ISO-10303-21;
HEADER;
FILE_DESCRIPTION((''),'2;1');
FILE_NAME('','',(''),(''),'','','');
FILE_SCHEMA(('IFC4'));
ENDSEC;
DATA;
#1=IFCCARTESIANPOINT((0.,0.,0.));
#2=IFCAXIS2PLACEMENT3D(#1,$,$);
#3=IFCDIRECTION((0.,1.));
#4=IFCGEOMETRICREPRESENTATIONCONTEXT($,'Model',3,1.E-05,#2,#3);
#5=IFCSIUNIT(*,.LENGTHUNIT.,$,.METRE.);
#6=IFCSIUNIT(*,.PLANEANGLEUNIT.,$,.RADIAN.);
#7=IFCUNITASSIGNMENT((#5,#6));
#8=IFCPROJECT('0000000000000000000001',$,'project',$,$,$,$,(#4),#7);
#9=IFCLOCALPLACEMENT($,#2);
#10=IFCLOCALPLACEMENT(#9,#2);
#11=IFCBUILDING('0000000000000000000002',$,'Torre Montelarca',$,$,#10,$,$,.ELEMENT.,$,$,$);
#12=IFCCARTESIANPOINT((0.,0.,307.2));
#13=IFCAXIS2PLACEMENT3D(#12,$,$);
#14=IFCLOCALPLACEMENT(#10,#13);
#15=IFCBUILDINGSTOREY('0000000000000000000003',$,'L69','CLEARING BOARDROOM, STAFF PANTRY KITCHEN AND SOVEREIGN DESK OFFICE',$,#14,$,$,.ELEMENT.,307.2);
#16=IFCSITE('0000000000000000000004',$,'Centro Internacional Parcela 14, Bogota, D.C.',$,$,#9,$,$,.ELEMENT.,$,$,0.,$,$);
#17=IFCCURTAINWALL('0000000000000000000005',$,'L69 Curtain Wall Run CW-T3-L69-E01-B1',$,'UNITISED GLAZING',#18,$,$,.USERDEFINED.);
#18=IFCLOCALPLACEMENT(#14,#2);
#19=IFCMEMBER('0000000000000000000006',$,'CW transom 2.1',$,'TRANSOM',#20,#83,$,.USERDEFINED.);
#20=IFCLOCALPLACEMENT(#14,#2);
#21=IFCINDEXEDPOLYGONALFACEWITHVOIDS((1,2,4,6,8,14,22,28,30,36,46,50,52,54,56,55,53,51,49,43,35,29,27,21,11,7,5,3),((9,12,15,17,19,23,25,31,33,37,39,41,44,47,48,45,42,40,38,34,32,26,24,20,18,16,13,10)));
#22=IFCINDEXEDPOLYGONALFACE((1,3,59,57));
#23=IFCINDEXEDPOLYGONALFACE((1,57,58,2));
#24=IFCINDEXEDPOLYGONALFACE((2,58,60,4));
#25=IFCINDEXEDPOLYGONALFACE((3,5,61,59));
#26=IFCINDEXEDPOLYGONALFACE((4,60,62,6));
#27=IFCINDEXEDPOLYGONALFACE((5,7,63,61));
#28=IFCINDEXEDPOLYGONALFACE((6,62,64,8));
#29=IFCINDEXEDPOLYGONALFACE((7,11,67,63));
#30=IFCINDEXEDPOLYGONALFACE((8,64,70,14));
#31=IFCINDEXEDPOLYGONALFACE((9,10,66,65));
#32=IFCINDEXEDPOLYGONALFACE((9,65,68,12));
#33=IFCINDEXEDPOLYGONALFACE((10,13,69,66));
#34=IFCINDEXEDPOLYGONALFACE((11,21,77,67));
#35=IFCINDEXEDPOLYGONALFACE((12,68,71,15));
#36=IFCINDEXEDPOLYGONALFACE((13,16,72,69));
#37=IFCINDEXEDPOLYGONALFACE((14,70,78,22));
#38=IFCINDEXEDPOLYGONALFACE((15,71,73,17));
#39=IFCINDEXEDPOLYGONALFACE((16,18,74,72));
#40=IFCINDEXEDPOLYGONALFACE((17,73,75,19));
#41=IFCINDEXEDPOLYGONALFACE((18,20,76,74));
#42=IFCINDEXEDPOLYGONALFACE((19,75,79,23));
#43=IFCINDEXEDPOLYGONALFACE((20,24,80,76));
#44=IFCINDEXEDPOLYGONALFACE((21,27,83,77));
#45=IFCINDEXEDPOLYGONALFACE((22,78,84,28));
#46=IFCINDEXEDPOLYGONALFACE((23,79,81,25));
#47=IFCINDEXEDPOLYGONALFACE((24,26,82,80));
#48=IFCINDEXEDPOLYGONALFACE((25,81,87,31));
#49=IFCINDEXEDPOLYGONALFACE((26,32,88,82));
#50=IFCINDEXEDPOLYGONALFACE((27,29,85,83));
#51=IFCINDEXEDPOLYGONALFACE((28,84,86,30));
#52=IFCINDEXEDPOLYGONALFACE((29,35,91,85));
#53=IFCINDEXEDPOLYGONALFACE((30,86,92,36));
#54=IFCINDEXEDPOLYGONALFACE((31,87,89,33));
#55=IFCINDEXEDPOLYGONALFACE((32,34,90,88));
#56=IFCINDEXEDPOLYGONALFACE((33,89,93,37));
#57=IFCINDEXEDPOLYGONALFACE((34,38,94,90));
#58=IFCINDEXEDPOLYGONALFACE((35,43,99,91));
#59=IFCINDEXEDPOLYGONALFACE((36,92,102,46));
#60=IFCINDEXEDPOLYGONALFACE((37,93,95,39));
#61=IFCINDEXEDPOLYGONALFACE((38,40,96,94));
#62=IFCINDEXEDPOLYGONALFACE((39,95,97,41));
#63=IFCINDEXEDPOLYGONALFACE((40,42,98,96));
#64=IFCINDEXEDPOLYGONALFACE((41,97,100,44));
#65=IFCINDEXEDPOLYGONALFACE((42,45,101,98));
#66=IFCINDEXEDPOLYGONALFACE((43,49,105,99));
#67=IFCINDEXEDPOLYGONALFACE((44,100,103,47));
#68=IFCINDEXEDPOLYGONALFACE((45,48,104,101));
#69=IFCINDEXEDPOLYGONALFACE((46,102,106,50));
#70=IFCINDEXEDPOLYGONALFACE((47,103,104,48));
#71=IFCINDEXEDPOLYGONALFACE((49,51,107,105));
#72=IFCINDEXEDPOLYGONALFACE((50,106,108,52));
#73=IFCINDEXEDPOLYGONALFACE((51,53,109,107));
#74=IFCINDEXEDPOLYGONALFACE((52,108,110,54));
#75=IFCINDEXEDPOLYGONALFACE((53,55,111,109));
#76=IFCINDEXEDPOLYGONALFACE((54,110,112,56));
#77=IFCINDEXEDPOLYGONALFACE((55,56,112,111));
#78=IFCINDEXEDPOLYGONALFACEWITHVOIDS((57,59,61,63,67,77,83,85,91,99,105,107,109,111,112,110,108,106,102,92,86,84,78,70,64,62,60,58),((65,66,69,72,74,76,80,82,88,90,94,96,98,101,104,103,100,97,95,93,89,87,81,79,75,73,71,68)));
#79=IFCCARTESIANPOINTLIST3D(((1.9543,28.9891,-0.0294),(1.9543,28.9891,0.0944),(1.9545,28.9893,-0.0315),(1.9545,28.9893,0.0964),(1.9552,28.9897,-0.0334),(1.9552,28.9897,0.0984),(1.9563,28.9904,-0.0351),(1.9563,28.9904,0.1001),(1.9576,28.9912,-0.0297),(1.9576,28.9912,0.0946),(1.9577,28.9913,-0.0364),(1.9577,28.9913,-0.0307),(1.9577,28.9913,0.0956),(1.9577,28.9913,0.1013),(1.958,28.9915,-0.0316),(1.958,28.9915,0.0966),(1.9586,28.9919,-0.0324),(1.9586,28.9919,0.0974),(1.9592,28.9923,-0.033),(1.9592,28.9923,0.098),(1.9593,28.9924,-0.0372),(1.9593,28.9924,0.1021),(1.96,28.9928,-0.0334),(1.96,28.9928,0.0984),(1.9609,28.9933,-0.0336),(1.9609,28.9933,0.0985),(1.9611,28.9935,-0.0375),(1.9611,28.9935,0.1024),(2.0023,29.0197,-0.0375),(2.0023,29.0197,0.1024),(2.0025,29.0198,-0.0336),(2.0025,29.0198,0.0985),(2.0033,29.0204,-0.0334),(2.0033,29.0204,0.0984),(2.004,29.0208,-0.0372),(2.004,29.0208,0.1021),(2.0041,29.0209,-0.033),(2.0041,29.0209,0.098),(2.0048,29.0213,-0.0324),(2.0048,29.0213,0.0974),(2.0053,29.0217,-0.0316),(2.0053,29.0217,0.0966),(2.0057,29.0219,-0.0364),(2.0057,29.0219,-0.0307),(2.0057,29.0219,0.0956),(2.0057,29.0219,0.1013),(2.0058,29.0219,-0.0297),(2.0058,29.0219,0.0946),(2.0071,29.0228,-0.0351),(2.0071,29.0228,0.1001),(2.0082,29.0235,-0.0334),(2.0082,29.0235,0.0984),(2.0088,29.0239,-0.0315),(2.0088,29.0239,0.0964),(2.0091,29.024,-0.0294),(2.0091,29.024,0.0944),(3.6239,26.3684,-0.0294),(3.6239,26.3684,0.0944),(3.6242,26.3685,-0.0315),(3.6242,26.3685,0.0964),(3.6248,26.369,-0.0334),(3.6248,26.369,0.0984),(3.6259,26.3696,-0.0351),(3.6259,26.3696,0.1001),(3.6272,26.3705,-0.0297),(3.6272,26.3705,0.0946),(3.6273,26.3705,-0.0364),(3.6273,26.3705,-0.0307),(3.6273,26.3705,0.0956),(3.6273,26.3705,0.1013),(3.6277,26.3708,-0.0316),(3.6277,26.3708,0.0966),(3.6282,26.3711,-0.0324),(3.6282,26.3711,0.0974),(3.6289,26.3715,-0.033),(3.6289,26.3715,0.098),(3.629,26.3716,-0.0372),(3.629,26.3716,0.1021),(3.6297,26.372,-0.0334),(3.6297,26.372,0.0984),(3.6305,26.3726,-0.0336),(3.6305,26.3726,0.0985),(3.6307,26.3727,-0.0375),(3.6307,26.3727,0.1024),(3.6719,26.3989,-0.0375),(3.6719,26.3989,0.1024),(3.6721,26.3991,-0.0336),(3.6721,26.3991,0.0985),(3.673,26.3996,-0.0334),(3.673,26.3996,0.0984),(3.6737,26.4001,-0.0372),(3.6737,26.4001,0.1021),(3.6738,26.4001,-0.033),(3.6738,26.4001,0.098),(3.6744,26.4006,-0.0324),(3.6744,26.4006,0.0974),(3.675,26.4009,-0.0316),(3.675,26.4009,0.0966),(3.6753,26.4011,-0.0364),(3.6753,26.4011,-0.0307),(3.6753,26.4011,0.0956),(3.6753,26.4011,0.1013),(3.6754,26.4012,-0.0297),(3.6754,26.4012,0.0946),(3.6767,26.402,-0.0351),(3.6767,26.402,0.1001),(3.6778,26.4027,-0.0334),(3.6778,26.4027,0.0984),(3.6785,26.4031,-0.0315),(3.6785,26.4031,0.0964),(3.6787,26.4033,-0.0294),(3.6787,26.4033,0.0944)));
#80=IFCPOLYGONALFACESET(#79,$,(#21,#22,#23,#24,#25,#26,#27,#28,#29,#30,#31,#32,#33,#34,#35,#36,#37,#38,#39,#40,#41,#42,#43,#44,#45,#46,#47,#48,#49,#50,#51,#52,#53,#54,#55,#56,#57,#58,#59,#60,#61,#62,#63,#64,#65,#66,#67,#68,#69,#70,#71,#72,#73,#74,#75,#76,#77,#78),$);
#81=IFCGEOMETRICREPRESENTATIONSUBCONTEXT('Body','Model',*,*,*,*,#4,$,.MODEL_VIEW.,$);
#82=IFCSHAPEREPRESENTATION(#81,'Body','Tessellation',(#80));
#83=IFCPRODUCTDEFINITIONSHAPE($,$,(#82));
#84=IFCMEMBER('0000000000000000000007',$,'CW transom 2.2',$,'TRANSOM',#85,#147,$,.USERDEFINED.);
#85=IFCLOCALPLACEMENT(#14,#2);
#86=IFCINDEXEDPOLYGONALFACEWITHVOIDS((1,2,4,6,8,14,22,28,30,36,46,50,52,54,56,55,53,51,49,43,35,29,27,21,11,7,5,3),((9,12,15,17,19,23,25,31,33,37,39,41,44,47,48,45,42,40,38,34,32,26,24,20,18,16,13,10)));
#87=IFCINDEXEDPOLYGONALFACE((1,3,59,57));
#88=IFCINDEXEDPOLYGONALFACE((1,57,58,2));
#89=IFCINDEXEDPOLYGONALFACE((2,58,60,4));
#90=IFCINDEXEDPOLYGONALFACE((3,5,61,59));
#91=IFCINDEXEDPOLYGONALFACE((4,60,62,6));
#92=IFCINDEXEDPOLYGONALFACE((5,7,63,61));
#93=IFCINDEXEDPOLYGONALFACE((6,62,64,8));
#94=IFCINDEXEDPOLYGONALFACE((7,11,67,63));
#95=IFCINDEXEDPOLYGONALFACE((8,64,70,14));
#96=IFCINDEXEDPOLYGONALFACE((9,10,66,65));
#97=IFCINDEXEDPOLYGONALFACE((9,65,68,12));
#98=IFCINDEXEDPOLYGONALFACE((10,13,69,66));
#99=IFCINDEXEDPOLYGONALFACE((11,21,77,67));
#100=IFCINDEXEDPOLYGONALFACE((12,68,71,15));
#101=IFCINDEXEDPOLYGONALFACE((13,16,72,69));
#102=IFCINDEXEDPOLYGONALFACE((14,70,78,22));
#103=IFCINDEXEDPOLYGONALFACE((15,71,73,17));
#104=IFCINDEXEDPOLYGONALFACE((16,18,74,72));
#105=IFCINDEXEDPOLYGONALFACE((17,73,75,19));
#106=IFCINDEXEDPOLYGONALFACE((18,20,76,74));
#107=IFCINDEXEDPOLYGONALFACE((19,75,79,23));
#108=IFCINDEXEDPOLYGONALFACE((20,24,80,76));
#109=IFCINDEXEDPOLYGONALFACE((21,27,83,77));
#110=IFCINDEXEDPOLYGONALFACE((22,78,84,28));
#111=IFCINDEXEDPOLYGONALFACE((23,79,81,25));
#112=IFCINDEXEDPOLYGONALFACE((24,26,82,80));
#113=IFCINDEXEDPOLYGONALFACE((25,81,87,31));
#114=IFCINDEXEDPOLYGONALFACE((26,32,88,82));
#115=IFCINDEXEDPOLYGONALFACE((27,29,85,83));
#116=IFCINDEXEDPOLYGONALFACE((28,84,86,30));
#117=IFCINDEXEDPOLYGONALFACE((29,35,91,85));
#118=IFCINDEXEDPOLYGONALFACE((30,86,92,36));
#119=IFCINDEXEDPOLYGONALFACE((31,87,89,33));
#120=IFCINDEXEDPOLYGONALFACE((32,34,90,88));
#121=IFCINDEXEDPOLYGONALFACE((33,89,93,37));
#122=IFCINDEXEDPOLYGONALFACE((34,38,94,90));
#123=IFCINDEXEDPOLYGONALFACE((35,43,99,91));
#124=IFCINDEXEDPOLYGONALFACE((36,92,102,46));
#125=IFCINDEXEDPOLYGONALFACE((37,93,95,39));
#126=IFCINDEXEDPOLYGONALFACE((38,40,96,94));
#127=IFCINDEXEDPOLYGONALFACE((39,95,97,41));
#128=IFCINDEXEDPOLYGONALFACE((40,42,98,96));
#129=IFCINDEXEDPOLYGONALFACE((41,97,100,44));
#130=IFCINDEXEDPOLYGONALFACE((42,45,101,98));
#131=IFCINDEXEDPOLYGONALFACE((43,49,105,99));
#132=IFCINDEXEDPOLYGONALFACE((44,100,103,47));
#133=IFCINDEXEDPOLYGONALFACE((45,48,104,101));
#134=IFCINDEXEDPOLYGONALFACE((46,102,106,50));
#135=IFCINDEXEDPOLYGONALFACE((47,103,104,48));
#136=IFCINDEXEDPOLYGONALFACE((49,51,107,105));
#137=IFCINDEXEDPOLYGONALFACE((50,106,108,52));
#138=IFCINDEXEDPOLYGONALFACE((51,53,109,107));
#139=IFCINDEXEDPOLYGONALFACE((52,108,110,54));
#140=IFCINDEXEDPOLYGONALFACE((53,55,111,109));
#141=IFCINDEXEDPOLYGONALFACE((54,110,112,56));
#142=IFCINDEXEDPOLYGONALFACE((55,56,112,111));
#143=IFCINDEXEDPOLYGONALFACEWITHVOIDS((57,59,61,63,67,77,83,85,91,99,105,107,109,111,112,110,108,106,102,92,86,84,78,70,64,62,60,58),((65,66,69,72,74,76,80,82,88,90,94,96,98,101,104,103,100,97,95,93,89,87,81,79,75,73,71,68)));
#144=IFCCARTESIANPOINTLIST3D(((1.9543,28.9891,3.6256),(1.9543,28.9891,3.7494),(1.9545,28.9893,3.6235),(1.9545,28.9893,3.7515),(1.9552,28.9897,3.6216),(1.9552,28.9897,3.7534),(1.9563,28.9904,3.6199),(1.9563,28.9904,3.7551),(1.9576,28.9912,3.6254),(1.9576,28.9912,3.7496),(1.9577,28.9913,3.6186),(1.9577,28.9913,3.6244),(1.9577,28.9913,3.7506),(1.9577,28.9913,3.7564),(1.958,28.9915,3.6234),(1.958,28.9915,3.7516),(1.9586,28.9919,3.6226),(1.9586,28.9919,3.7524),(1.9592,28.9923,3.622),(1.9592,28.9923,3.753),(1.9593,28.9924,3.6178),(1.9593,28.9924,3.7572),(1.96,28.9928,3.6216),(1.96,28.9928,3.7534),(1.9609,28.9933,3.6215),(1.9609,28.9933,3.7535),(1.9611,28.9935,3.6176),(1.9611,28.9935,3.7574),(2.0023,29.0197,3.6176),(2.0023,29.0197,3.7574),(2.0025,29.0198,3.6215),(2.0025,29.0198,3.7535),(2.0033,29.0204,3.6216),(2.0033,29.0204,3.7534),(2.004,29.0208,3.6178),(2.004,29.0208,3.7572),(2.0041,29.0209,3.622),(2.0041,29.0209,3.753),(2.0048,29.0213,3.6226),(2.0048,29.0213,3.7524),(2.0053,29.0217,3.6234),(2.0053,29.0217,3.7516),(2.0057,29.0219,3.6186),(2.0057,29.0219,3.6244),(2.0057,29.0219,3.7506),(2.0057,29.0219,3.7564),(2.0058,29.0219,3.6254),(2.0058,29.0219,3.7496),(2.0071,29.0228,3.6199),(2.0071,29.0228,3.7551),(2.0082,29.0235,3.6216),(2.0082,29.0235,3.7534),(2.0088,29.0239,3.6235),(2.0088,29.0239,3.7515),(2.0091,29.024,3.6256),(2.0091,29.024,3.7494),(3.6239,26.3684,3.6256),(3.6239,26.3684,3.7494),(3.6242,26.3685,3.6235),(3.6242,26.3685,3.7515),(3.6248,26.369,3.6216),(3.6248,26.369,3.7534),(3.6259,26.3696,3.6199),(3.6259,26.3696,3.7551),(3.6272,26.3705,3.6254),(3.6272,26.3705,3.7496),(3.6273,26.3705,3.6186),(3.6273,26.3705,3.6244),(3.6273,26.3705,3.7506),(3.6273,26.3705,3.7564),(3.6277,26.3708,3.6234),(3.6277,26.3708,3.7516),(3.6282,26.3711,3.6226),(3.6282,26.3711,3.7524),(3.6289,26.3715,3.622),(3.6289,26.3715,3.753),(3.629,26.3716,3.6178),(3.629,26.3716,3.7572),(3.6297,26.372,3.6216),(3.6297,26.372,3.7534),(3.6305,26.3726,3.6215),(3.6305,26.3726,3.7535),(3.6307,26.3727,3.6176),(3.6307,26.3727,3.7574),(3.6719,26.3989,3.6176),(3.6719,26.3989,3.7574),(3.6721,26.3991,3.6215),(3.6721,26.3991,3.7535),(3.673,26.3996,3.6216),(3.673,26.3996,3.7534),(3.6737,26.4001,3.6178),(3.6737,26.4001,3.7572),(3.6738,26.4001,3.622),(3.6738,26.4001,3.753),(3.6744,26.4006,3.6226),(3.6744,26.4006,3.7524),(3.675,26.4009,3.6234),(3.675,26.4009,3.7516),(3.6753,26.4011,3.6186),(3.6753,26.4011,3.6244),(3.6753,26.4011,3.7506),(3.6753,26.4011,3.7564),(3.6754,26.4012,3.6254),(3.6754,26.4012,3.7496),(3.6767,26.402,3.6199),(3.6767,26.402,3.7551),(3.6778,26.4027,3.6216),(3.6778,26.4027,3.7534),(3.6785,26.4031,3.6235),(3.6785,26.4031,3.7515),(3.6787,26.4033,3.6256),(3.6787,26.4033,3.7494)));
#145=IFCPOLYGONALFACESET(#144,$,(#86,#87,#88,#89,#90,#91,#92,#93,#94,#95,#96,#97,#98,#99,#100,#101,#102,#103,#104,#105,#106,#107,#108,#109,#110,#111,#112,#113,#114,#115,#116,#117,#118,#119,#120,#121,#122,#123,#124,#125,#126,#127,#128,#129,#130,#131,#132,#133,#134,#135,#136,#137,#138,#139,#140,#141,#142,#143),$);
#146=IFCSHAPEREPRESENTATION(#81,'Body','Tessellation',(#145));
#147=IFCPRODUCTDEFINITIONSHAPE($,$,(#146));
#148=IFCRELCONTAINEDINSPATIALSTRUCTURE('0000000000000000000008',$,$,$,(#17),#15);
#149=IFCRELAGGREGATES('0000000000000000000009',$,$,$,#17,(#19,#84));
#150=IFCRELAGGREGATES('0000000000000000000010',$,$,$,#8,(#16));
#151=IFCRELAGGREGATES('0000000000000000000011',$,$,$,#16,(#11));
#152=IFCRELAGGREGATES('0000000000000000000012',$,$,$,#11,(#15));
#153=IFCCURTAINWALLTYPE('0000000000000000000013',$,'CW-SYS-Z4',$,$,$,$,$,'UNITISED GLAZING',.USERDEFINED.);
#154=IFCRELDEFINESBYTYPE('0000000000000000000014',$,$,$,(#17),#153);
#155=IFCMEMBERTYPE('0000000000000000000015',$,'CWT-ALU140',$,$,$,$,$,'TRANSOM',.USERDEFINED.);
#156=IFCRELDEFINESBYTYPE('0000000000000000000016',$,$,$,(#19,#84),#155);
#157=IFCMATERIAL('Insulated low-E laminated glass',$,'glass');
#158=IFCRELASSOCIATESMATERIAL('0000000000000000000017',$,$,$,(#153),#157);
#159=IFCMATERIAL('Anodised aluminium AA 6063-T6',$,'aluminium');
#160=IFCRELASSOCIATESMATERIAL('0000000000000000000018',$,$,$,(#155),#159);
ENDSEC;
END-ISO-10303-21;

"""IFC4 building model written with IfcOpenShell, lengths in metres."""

from ifc_helpers import new_model, si_unit, direction, frame, origin, origin_2d, place, context, subcontext, project, spatial, hollow_rectangle, extrude, source, transform, mapped, material, material_profile, profile_set, type_object, element, aggregate, save


model = new_model("IFC4")

# Units and contexts
model_context = context("Model", 3, precision=1e-05, world=origin(), true_north=direction((0.0, 1.0)))
body_context = subcontext(model_context, "Body", "Model", "MODEL_VIEW")
ifc_project = project(units=[si_unit("LENGTHUNIT", "METRE"), si_unit("PLANEANGLEUNIT", "RADIAN")], contexts=[model_context])

# Site, building, storey
site_placement = place(None, origin())
site = spatial("IfcSite", under=ifc_project, at=site_placement, Name="Centro Internacional Parcela 14, Bogota, D.C.", CompositionType="ELEMENT", RefElevation=0.0)
building_placement = place(site_placement, origin())
building = spatial("IfcBuilding", under=site, at=building_placement, Name="Torre Montelarca", CompositionType="ELEMENT")
storey_placement = place(building_placement, frame((0.0, 0.0, 307.2)))
storey = spatial("IfcBuildingStorey", under=building, at=storey_placement, Name="L69", Description="CLEARING BOARDROOM, STAFF PANTRY KITCHEN AND SOVEREIGN DESK OFFICE", CompositionType="ELEMENT", Elevation=307.2)

# Curtain wall
ifc_material_1 = material(Name="Insulated low-E laminated glass", Category="glass")
curtain_wall_type = type_object("IfcCurtainWallType", Name="CW-SYS-Z4", ElementType="UNITISED GLAZING", PredefinedType="USERDEFINED", material=ifc_material_1)
curtain_wall_1_placement = place(storey_placement, origin())
curtain_wall_1 = element("IfcCurtainWall", 1, at=curtain_wall_1_placement, inside=storey, type_object=curtain_wall_type, Name="L69 Curtain Wall Run CW-T3-L69-E01-B1", ObjectType="UNITISED GLAZING", PredefinedType="USERDEFINED")
ifc_material_2 = material(Name="Anodised aluminium AA 6063-T6", Category="aluminium")

# Members
ifc_material_profile_1 = material_profile(ifc_material_2, hollow_rectangle(XDim=0.0649, YDim=0.1399, WallThickness=0.0039, InnerFilletRadius=0.0039, OuterFilletRadius=0.0081, at=origin_2d()), Name="ALU65X140X4", Category="aluminium")
ifc_profile_set_1 = profile_set([ifc_material_profile_1], Name="Anodised aluminium AA 6063-T6")
member_type_1 = type_object("IfcMemberType", Name="CWT-ALU140", ElementType="TRANSOM", PredefinedType="USERDEFINED", material=ifc_profile_set_1)
shared_shape_1 = source(origin(), body_context, "Body", "SweptSolid", [
    extrude(hollow_rectangle(XDim=0.0649, YDim=0.1399, WallThickness=0.0039, InnerFilletRadius=0.0039, OuterFilletRadius=0.0081, at=origin_2d()), origin(), (0.0, 0.0, 1.0), 3.1074),
])
member_1_placement = place(storey_placement, frame((1.9817, 29.0066, 0.0325), z_axis=(0.537302, -0.84339, 0.0), x_axis=(0.84339, 0.537302, 0.0)))
member_1 = element("IfcMember", 2, at=member_1_placement, type_object=member_type_1, Name="CW transom 2.1", ObjectType="TRANSOM", PredefinedType="USERDEFINED", context=body_context, shape_type="MappedRepresentation", body=[
    mapped(shared_shape_1, transform((0.0, 0.0, 0.0), scale=1.0)),
])
member_2_placement = place(storey_placement, frame((1.9817, 29.0066, 3.6875), z_axis=(0.537302, -0.84339, 0.0), x_axis=(0.84339, 0.537302, 0.0)))
member_2 = element("IfcMember", 3, at=member_2_placement, type_object=member_type_1, Name="CW transom 2.2", ObjectType="TRANSOM", PredefinedType="USERDEFINED", context=body_context, shape_type="MappedRepresentation", body=[
    mapped(shared_shape_1, transform((0.0, 0.0, 0.0), scale=1.0)),
])

aggregate(curtain_wall_1, [member_1, member_2])

save(model, "model.ifc")
